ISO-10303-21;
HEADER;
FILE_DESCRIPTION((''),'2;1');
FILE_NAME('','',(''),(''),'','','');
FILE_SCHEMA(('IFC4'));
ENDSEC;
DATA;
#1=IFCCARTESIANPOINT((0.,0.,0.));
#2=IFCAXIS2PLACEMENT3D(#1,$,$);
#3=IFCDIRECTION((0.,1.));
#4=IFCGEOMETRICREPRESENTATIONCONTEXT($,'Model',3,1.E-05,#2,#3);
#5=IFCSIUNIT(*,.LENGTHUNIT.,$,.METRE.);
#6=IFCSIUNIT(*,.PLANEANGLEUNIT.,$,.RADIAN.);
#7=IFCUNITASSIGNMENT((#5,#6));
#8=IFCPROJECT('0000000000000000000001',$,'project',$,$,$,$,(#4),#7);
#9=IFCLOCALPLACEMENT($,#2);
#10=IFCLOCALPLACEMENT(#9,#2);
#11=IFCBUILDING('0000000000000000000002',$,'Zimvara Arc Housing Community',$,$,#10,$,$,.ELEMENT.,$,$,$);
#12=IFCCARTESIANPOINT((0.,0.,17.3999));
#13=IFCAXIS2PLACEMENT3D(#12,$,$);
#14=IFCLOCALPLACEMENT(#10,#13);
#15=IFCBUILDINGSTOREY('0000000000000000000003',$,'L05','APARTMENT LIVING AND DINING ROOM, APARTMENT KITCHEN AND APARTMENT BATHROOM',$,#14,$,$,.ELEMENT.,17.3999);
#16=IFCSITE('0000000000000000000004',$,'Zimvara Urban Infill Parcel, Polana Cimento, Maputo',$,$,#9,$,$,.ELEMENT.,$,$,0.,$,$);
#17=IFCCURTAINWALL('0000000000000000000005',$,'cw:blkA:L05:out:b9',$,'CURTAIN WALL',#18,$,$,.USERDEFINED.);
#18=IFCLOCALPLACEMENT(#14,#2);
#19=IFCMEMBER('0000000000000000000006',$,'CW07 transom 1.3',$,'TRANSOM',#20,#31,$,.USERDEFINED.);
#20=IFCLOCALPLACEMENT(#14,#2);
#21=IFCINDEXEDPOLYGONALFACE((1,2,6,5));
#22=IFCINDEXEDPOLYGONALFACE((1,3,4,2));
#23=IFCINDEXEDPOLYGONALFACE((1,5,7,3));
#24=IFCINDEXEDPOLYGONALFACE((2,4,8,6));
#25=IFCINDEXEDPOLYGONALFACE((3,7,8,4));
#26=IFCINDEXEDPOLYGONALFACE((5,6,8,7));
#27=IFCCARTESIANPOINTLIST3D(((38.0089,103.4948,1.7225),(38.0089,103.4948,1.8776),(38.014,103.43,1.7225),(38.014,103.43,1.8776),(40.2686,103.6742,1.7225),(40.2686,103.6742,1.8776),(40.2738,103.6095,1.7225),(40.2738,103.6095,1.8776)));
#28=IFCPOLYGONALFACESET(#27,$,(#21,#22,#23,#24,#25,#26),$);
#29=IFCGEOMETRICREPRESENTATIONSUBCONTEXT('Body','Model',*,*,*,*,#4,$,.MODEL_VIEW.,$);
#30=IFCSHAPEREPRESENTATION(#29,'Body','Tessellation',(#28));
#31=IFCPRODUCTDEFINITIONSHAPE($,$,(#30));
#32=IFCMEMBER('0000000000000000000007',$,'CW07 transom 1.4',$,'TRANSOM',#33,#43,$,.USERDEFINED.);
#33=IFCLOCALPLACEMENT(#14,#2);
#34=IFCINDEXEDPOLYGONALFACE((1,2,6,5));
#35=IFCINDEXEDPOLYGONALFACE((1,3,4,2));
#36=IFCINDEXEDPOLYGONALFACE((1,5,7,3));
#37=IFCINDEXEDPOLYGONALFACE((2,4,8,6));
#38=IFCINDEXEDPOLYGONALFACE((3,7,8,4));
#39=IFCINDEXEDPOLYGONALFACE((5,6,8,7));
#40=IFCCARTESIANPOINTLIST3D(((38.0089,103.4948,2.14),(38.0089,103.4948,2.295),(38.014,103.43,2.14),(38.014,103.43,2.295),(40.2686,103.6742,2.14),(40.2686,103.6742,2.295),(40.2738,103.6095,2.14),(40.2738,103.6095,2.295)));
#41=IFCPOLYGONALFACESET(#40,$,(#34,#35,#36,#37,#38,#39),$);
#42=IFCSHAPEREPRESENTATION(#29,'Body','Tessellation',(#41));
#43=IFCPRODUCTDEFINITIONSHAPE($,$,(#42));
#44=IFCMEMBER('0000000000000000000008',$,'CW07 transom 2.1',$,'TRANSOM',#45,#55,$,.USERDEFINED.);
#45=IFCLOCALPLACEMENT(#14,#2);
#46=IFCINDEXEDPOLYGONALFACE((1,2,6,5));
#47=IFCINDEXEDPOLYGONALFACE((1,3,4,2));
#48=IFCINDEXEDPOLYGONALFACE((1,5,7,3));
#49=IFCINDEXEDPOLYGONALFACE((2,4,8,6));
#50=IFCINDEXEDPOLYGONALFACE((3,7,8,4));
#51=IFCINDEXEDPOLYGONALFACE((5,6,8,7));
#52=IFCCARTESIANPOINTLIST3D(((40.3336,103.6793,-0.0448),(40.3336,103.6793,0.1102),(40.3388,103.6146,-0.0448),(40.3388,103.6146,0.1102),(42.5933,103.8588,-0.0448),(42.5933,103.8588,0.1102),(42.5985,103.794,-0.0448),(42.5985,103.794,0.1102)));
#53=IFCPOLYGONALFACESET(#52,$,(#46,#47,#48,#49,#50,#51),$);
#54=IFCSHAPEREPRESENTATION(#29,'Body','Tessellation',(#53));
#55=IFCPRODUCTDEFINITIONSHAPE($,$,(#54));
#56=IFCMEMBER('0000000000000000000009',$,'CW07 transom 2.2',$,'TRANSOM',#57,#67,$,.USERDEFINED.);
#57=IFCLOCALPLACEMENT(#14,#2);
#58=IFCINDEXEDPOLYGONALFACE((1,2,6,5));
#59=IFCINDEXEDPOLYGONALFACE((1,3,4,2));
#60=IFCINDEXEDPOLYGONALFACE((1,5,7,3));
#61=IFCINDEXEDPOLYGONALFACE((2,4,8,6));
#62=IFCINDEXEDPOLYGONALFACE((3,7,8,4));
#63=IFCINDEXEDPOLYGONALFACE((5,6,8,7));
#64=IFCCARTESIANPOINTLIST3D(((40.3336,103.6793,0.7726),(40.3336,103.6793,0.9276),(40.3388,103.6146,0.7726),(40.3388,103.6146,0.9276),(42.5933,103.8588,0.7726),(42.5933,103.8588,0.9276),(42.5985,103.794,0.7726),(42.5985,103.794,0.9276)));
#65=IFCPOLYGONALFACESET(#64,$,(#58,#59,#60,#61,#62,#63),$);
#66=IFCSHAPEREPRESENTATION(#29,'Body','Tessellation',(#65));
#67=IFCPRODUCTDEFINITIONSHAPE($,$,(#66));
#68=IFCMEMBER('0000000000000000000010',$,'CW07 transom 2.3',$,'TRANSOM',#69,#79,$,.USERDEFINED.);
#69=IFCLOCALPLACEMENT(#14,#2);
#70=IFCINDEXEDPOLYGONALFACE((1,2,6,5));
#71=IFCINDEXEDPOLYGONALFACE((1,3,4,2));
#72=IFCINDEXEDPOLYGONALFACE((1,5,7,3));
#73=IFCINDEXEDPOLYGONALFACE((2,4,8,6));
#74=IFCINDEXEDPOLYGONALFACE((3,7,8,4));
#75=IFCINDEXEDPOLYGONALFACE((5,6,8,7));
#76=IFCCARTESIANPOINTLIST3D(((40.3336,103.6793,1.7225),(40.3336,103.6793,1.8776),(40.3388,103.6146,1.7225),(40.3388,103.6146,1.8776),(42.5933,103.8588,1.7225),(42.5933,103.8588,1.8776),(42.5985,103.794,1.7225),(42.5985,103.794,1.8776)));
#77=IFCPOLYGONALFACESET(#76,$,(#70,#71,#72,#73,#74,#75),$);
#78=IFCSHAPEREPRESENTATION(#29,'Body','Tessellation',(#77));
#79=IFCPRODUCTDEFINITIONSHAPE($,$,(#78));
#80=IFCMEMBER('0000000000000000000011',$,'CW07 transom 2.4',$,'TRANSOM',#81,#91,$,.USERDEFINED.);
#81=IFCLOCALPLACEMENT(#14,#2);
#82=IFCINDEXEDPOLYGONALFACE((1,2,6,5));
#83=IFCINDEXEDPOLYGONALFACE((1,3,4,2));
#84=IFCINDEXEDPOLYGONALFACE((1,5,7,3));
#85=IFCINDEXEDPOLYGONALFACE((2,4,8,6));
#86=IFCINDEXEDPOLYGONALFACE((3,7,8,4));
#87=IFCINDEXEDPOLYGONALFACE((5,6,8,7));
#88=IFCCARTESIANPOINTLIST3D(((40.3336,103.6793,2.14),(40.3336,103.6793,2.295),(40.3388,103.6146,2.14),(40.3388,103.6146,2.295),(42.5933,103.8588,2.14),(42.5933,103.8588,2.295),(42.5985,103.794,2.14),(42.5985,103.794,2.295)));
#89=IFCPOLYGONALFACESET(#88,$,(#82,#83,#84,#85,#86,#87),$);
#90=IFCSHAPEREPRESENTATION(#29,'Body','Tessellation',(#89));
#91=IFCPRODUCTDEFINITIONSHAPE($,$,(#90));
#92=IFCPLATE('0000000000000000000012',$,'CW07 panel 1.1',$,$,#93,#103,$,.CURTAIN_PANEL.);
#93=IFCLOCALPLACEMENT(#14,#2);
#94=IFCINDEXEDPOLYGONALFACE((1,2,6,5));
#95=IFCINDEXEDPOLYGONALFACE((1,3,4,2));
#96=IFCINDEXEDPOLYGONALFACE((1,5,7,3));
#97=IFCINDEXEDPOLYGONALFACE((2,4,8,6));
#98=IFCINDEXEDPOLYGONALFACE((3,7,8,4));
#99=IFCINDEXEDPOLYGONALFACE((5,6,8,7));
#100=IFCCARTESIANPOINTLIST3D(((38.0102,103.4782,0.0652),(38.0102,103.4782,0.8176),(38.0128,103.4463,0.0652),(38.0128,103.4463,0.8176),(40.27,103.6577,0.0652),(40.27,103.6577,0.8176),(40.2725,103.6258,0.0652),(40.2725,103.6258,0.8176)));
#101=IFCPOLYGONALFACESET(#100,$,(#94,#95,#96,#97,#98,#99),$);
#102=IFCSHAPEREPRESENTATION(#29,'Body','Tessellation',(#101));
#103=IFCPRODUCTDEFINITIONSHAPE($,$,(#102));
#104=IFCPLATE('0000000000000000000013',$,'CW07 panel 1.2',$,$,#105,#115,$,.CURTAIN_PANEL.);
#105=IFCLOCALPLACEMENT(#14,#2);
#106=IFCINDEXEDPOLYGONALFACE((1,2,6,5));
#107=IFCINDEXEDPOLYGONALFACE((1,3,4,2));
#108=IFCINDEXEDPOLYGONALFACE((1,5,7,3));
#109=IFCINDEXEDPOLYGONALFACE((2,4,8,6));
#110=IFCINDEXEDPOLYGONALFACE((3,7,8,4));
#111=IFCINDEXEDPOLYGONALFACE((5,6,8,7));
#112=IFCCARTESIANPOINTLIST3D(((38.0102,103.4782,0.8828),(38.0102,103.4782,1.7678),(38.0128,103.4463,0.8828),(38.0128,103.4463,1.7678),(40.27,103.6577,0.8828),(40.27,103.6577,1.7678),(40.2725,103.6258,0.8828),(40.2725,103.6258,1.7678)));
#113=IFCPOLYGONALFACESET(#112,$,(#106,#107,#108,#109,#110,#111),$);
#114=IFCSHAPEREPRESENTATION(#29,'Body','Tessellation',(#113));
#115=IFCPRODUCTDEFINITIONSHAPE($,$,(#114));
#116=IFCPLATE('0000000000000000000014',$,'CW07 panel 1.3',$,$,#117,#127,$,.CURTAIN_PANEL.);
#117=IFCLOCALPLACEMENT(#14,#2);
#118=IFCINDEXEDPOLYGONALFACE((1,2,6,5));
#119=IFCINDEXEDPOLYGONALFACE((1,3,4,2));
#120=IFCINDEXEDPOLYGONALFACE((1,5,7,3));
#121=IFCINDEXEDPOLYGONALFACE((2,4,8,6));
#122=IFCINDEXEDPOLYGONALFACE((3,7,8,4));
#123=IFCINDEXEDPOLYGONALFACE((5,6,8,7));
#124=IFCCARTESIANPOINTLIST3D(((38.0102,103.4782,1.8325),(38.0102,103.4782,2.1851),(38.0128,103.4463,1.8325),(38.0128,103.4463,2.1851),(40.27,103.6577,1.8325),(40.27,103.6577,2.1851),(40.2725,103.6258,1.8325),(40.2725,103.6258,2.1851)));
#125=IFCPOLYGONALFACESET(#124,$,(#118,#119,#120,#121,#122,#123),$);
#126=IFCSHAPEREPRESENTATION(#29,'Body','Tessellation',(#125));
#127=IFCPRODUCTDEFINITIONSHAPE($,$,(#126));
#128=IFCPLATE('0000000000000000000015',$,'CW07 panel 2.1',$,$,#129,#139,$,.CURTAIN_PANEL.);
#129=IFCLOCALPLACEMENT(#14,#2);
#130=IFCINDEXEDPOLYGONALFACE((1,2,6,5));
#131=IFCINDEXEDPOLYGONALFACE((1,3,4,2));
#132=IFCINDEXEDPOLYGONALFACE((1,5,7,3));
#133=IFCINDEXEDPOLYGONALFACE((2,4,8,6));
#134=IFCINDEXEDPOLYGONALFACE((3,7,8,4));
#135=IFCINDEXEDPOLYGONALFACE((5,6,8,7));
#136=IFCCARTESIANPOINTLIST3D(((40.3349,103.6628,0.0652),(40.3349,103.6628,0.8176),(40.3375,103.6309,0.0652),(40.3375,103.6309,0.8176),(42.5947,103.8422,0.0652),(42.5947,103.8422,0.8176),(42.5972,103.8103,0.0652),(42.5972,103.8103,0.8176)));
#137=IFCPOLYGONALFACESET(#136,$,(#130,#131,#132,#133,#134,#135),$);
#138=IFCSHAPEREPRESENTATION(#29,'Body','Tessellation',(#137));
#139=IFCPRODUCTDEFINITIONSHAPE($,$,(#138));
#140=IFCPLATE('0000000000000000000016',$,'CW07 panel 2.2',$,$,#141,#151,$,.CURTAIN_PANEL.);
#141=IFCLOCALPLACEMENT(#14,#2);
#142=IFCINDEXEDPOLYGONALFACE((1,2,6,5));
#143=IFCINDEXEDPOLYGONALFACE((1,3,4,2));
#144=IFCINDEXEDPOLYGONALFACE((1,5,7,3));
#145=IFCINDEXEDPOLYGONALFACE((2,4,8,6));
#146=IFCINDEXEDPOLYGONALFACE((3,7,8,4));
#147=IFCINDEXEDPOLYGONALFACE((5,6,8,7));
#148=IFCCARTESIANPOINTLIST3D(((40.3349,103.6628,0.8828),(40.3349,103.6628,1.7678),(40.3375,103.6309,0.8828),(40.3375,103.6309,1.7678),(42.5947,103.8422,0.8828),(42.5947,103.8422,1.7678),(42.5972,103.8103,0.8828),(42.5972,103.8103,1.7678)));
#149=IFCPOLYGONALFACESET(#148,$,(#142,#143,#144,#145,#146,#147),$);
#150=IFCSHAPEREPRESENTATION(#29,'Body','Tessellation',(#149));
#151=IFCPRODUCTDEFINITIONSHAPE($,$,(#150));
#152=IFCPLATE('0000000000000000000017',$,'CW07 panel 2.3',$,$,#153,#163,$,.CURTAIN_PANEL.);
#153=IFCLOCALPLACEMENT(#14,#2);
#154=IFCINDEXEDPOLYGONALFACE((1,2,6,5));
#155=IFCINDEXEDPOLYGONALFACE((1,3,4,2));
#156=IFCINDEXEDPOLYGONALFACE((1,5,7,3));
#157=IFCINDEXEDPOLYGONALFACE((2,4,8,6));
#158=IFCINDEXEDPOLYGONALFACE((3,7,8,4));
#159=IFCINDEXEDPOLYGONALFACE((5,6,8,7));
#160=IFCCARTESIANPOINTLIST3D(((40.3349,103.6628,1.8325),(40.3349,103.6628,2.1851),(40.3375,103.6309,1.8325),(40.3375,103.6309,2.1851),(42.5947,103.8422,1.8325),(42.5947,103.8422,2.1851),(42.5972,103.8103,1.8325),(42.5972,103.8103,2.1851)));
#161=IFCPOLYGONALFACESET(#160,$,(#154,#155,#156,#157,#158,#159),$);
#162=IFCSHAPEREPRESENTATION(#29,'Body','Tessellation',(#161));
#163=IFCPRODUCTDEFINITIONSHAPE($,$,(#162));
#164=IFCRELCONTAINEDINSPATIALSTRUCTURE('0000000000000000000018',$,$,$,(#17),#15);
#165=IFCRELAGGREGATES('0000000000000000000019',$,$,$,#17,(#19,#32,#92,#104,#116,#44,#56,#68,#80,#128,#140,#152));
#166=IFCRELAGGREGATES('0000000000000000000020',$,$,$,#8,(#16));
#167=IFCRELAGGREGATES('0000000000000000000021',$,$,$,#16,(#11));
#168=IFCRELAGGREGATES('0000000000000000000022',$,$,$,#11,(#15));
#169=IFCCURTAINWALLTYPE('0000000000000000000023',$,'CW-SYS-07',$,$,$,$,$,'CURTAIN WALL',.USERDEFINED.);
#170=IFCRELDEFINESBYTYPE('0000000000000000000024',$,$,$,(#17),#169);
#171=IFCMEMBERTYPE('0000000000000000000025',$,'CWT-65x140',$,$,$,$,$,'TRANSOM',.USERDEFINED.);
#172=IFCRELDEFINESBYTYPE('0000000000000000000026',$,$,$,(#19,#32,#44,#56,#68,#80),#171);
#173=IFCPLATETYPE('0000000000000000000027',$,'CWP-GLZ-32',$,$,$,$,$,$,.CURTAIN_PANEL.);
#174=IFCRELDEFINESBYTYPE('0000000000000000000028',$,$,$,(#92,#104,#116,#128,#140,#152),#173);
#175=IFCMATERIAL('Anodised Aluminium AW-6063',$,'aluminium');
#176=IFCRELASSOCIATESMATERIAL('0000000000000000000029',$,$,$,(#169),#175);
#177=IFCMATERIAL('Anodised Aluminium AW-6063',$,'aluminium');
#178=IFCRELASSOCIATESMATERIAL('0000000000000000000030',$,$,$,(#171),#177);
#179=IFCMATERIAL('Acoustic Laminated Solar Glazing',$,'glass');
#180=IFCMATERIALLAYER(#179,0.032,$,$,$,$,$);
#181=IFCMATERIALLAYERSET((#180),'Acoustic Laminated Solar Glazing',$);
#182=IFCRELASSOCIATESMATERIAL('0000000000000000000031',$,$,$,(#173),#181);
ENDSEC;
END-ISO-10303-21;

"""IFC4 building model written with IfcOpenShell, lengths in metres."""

from ifc_helpers import new_model, si_unit, direction, frame, origin, origin_2d, place, context, subcontext, project, spatial, rectangle, extrude, material, layer, layer_set, material_profile, profile_set, type_object, element, aggregate, save


model = new_model("IFC4")

# Units and contexts
model_context = context("Model", 3, precision=1e-05, world=origin(), true_north=direction((0.0, 1.0)))
body_context = subcontext(model_context, "Body", "Model", "MODEL_VIEW")
ifc_project = project(units=[si_unit("LENGTHUNIT", "METRE"), si_unit("PLANEANGLEUNIT", "RADIAN")], contexts=[model_context])

# Site, building, storey
site_placement = place(None, origin())
site = spatial("IfcSite", under=ifc_project, at=site_placement, Name="Zimvara Urban Infill Parcel, Polana Cimento, Maputo", CompositionType="ELEMENT", RefElevation=0.0)
building_placement = place(site_placement, origin())
building = spatial("IfcBuilding", under=site, at=building_placement, Name="Zimvara Arc Housing Community", CompositionType="ELEMENT")
storey_placement = place(building_placement, frame((0.0, 0.0, 17.3999)))
storey = spatial("IfcBuildingStorey", under=building, at=storey_placement, Name="L05", Description="APARTMENT LIVING AND DINING ROOM, APARTMENT KITCHEN AND APARTMENT BATHROOM", CompositionType="ELEMENT", Elevation=17.3999)

# Curtain wall, members, plates
ifc_material_1 = material(Name="Anodised Aluminium AW-6063", Category="aluminium")
curtain_wall_type = type_object("IfcCurtainWallType", Name="CW-SYS-07", ElementType="CURTAIN WALL", PredefinedType="USERDEFINED", material=ifc_material_1)
curtain_wall_placement = place(storey_placement, origin())
curtain_wall = element("IfcCurtainWall", 1, at=curtain_wall_placement, inside=storey, type_object=curtain_wall_type, Name="cw:blkA:L05:out:b9", ObjectType="CURTAIN WALL", PredefinedType="USERDEFINED")
ifc_material_2 = material(Name="Anodised Aluminium AW-6063", Category="aluminium")
ifc_material_profile_1 = material_profile(ifc_material_2, rectangle(XDim=0.0649, YDim=0.155, at=origin_2d()), Name="ALU 65x155")
ifc_profile_set_1 = profile_set([ifc_material_profile_1], Name="Anodised Aluminium AW-6063")
member_type_1 = type_object("IfcMemberType", Name="CWT-65x140", ElementType="TRANSOM", PredefinedType="USERDEFINED", material=ifc_profile_set_1)
member_1_placement = place(storey_placement, frame((38.0115, 103.4624, 1.8), z_axis=(0.996862, 0.079159, 0.0), x_axis=(-0.079159, 0.996862, 0.0)))
member_1 = element("IfcMember", 2, at=member_1_placement, type_object=member_type_1, Name="CW07 transom 1.3", ObjectType="TRANSOM", PredefinedType="USERDEFINED", context=body_context, shape_type="SweptSolid", body=[
    extrude(rectangle(XDim=0.0649, YDim=0.155, at=origin_2d()), origin(), (0.0, 0.0, 1.0), 2.2668),
])
member_2_placement = place(storey_placement, frame((38.0115, 103.4624, 2.2175), z_axis=(0.996862, 0.079159, 0.0), x_axis=(-0.079159, 0.996862, 0.0)))
member_2 = element("IfcMember", 3, at=member_2_placement, type_object=member_type_1, Name="CW07 transom 1.4", ObjectType="TRANSOM", PredefinedType="USERDEFINED", context=body_context, shape_type="SweptSolid", body=[
    extrude(rectangle(XDim=0.0649, YDim=0.155, at=origin_2d()), origin(), (0.0, 0.0, 1.0), 2.2668),
])
member_3_placement = place(storey_placement, frame((40.3362, 103.647, 0.0327), z_axis=(0.996862, 0.079159, 0.0), x_axis=(-0.079159, 0.996862, 0.0)))
member_3 = element("IfcMember", 4, at=member_3_placement, type_object=member_type_1, Name="CW07 transom 2.1", ObjectType="TRANSOM", PredefinedType="USERDEFINED", context=body_context, shape_type="SweptSolid", body=[
    extrude(rectangle(XDim=0.0649, YDim=0.155, at=origin_2d()), origin(), (0.0, 0.0, 1.0), 2.2668),
])
member_4_placement = place(storey_placement, frame((40.3362, 103.647, 0.8501), z_axis=(0.996862, 0.079159, 0.0), x_axis=(-0.079159, 0.996862, 0.0)))
member_4 = element("IfcMember", 5, at=member_4_placement, type_object=member_type_1, Name="CW07 transom 2.2", ObjectType="TRANSOM", PredefinedType="USERDEFINED", context=body_context, shape_type="SweptSolid", body=[
    extrude(rectangle(XDim=0.0649, YDim=0.155, at=origin_2d()), origin(), (0.0, 0.0, 1.0), 2.2668),
])
member_5_placement = place(storey_placement, frame((40.3362, 103.647, 1.8), z_axis=(0.996862, 0.079159, 0.0), x_axis=(-0.079159, 0.996862, 0.0)))
member_5 = element("IfcMember", 6, at=member_5_placement, type_object=member_type_1, Name="CW07 transom 2.3", ObjectType="TRANSOM", PredefinedType="USERDEFINED", context=body_context, shape_type="SweptSolid", body=[
    extrude(rectangle(XDim=0.0649, YDim=0.155, at=origin_2d()), origin(), (0.0, 0.0, 1.0), 2.2668),
])
member_6_placement = place(storey_placement, frame((40.3362, 103.647, 2.2175), z_axis=(0.996862, 0.079159, 0.0), x_axis=(-0.079159, 0.996862, 0.0)))
member_6 = element("IfcMember", 7, at=member_6_placement, type_object=member_type_1, Name="CW07 transom 2.4", ObjectType="TRANSOM", PredefinedType="USERDEFINED", context=body_context, shape_type="SweptSolid", body=[
    extrude(rectangle(XDim=0.0649, YDim=0.155, at=origin_2d()), origin(), (0.0, 0.0, 1.0), 2.2668),
])
ifc_material_3 = material(Name="Acoustic Laminated Solar Glazing", Category="glass")
ifc_layer_1 = layer(ifc_material_3, 0.032)
ifc_layer_set_1 = layer_set([ifc_layer_1], Name="Acoustic Laminated Solar Glazing")
plate_type = type_object("IfcPlateType", Name="CWP-GLZ-32", PredefinedType="CURTAIN_PANEL", material=ifc_layer_set_1)
plate_1_placement = place(storey_placement, frame((39.1414, 103.552, 0.0652), z_axis=(0.0, 0.0, 1.0), x_axis=(0.996862, 0.079154, 0.0)))
plate_1 = element("IfcPlate", 8, at=plate_1_placement, type_object=plate_type, Name="CW07 panel 1.1", PredefinedType="CURTAIN_PANEL", context=body_context, shape_type="SweptSolid", body=[
    extrude(rectangle(XDim=2.2668, YDim=0.032, at=origin_2d()), origin(), (0.0, 0.0, 1.0), 0.7524),
])
plate_2_placement = place(storey_placement, frame((39.1414, 103.552, 0.8828), z_axis=(0.0, 0.0, 1.0), x_axis=(0.996862, 0.079154, 0.0)))
plate_2 = element("IfcPlate", 9, at=plate_2_placement, type_object=plate_type, Name="CW07 panel 1.2", PredefinedType="CURTAIN_PANEL", context=body_context, shape_type="SweptSolid", body=[
    extrude(rectangle(XDim=2.2668, YDim=0.032, at=origin_2d()), origin(), (0.0, 0.0, 1.0), 0.885),
])
plate_3_placement = place(storey_placement, frame((39.1414, 103.552, 1.8325), z_axis=(0.0, 0.0, 1.0), x_axis=(0.996862, 0.079154, 0.0)))
plate_3 = element("IfcPlate", 10, at=plate_3_placement, type_object=plate_type, Name="CW07 panel 1.3", PredefinedType="CURTAIN_PANEL", context=body_context, shape_type="SweptSolid", body=[
    extrude(rectangle(XDim=2.2668, YDim=0.032, at=origin_2d()), origin(), (0.0, 0.0, 1.0), 0.3525),
])
plate_4_placement = place(storey_placement, frame((41.4661, 103.7366, 0.0652), z_axis=(0.0, 0.0, 1.0), x_axis=(0.996862, 0.079154, 0.0)))
plate_4 = element("IfcPlate", 11, at=plate_4_placement, type_object=plate_type, Name="CW07 panel 2.1", PredefinedType="CURTAIN_PANEL", context=body_context, shape_type="SweptSolid", body=[
    extrude(rectangle(XDim=2.2668, YDim=0.032, at=origin_2d()), origin(), (0.0, 0.0, 1.0), 0.7524),
])
plate_5_placement = place(storey_placement, frame((41.4661, 103.7366, 0.8828), z_axis=(0.0, 0.0, 1.0), x_axis=(0.996862, 0.079154, 0.0)))
plate_5 = element("IfcPlate", 12, at=plate_5_placement, type_object=plate_type, Name="CW07 panel 2.2", PredefinedType="CURTAIN_PANEL", context=body_context, shape_type="SweptSolid", body=[
    extrude(rectangle(XDim=2.2668, YDim=0.032, at=origin_2d()), origin(), (0.0, 0.0, 1.0), 0.885),
])
plate_6_placement = place(storey_placement, frame((41.4661, 103.7366, 1.8325), z_axis=(0.0, 0.0, 1.0), x_axis=(0.996862, 0.079154, 0.0)))
plate_6 = element("IfcPlate", 13, at=plate_6_placement, type_object=plate_type, Name="CW07 panel 2.3", PredefinedType="CURTAIN_PANEL", context=body_context, shape_type="SweptSolid", body=[
    extrude(rectangle(XDim=2.2668, YDim=0.032, at=origin_2d()), origin(), (0.0, 0.0, 1.0), 0.3525),
])
aggregate(curtain_wall, [member_1, member_2, plate_1, plate_2, plate_3, member_3, member_4, member_5, member_6, plate_4, plate_5, plate_6])

save(model, "model.ifc")
